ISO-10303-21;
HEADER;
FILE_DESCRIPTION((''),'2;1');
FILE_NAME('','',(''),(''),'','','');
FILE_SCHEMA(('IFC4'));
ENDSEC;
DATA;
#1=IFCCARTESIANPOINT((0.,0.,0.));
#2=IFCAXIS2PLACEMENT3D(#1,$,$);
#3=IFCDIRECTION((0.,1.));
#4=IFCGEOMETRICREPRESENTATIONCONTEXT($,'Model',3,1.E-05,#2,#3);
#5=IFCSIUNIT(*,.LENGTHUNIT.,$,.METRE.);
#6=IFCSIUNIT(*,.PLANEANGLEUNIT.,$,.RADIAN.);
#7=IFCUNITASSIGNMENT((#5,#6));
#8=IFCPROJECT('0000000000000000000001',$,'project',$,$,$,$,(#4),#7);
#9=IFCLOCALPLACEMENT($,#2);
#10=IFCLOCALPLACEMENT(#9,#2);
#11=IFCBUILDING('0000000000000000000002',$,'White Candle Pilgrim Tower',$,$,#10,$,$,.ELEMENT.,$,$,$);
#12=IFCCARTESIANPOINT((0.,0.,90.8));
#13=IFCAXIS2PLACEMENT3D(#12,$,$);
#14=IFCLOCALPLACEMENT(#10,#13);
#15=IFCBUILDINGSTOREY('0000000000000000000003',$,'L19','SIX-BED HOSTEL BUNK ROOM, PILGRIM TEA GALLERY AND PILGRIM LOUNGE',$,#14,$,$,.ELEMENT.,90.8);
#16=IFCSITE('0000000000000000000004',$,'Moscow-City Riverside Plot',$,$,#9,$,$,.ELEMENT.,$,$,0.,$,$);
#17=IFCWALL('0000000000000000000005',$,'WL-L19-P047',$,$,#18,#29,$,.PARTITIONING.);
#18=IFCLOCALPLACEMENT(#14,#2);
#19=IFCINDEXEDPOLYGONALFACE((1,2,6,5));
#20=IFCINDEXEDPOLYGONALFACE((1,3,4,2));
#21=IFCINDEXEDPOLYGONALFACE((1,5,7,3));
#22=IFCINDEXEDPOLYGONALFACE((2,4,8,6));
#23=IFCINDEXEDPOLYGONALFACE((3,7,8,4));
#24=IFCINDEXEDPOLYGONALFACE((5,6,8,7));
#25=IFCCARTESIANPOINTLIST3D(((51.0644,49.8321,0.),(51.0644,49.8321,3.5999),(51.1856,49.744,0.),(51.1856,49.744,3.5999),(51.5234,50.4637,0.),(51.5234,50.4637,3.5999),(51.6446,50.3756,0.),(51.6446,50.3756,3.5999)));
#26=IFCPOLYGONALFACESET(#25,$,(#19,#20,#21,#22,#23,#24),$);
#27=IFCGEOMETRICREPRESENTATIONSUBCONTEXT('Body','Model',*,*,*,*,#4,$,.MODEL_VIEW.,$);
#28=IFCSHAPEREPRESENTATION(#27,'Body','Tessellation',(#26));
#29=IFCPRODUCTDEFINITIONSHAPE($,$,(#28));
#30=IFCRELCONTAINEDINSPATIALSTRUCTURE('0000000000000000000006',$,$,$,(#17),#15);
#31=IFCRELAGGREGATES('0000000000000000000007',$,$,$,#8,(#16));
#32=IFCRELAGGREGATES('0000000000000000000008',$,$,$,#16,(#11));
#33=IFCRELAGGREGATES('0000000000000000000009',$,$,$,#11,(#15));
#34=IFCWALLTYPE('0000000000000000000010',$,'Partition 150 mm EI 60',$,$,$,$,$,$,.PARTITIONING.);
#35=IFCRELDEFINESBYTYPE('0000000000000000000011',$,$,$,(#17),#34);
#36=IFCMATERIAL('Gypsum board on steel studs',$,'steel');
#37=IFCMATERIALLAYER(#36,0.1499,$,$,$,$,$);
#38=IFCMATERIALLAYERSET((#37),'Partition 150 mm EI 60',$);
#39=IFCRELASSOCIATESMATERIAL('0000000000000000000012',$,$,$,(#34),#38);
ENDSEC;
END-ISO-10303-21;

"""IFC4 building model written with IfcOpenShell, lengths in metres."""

from ifc_helpers import new_model, si_unit, direction, frame, frame_2d, origin, place, context, subcontext, project, spatial, rectangle, extrude, material, layer, layer_set, type_object, element, save


model = new_model("IFC4")

# Units and contexts
model_context = context("Model", 3, precision=1e-05, world=origin(), true_north=direction((0.0, 1.0)))
body_context = subcontext(model_context, "Body", "Model", "MODEL_VIEW")
ifc_project = project(units=[si_unit("LENGTHUNIT", "METRE"), si_unit("PLANEANGLEUNIT", "RADIAN")], contexts=[model_context])

# Site, building, storey
site_placement = place(None, origin())
site = spatial("IfcSite", under=ifc_project, at=site_placement, Name="Moscow-City Riverside Plot", CompositionType="ELEMENT", RefElevation=0.0)
building_placement = place(site_placement, origin())
building = spatial("IfcBuilding", under=site, at=building_placement, Name="White Candle Pilgrim Tower", CompositionType="ELEMENT")
storey_placement = place(building_placement, frame((0.0, 0.0, 90.8)))
storey = spatial("IfcBuildingStorey", under=building, at=storey_placement, Name="L19", Description="SIX-BED HOSTEL BUNK ROOM, PILGRIM TEA GALLERY AND PILGRIM LOUNGE", CompositionType="ELEMENT", Elevation=90.8)

# Shared definitions
ifc_material_1 = material(Name="Gypsum board on steel studs", Category="steel")

# Wall
ifc_layer_1 = layer(ifc_material_1, 0.1499)
ifc_layer_set_1 = layer_set([ifc_layer_1], Name="Partition 150 mm EI 60")
wall_type_1 = type_object("IfcWallType", Name="Partition 150 mm EI 60", PredefinedType="PARTITIONING", material=ifc_layer_set_1)
wall_1_placement = place(storey_placement, frame((51.584, 50.4197, 0.0), z_axis=(0.0, 0.0, 1.0), x_axis=(-0.587874, -0.808952, 0.0)))
element("IfcWall", 1, at=wall_1_placement, inside=storey, type_object=wall_type_1, Name="WL-L19-P047", PredefinedType="PARTITIONING", context=body_context, shape_type="SweptSolid", body=[
    extrude(rectangle(XDim=0.7808, YDim=0.1499, at=frame_2d((0.3904, 0.0))), origin(), (0.0, 0.0, 1.0), 3.5999),
])

save(model, "model.ifc")
